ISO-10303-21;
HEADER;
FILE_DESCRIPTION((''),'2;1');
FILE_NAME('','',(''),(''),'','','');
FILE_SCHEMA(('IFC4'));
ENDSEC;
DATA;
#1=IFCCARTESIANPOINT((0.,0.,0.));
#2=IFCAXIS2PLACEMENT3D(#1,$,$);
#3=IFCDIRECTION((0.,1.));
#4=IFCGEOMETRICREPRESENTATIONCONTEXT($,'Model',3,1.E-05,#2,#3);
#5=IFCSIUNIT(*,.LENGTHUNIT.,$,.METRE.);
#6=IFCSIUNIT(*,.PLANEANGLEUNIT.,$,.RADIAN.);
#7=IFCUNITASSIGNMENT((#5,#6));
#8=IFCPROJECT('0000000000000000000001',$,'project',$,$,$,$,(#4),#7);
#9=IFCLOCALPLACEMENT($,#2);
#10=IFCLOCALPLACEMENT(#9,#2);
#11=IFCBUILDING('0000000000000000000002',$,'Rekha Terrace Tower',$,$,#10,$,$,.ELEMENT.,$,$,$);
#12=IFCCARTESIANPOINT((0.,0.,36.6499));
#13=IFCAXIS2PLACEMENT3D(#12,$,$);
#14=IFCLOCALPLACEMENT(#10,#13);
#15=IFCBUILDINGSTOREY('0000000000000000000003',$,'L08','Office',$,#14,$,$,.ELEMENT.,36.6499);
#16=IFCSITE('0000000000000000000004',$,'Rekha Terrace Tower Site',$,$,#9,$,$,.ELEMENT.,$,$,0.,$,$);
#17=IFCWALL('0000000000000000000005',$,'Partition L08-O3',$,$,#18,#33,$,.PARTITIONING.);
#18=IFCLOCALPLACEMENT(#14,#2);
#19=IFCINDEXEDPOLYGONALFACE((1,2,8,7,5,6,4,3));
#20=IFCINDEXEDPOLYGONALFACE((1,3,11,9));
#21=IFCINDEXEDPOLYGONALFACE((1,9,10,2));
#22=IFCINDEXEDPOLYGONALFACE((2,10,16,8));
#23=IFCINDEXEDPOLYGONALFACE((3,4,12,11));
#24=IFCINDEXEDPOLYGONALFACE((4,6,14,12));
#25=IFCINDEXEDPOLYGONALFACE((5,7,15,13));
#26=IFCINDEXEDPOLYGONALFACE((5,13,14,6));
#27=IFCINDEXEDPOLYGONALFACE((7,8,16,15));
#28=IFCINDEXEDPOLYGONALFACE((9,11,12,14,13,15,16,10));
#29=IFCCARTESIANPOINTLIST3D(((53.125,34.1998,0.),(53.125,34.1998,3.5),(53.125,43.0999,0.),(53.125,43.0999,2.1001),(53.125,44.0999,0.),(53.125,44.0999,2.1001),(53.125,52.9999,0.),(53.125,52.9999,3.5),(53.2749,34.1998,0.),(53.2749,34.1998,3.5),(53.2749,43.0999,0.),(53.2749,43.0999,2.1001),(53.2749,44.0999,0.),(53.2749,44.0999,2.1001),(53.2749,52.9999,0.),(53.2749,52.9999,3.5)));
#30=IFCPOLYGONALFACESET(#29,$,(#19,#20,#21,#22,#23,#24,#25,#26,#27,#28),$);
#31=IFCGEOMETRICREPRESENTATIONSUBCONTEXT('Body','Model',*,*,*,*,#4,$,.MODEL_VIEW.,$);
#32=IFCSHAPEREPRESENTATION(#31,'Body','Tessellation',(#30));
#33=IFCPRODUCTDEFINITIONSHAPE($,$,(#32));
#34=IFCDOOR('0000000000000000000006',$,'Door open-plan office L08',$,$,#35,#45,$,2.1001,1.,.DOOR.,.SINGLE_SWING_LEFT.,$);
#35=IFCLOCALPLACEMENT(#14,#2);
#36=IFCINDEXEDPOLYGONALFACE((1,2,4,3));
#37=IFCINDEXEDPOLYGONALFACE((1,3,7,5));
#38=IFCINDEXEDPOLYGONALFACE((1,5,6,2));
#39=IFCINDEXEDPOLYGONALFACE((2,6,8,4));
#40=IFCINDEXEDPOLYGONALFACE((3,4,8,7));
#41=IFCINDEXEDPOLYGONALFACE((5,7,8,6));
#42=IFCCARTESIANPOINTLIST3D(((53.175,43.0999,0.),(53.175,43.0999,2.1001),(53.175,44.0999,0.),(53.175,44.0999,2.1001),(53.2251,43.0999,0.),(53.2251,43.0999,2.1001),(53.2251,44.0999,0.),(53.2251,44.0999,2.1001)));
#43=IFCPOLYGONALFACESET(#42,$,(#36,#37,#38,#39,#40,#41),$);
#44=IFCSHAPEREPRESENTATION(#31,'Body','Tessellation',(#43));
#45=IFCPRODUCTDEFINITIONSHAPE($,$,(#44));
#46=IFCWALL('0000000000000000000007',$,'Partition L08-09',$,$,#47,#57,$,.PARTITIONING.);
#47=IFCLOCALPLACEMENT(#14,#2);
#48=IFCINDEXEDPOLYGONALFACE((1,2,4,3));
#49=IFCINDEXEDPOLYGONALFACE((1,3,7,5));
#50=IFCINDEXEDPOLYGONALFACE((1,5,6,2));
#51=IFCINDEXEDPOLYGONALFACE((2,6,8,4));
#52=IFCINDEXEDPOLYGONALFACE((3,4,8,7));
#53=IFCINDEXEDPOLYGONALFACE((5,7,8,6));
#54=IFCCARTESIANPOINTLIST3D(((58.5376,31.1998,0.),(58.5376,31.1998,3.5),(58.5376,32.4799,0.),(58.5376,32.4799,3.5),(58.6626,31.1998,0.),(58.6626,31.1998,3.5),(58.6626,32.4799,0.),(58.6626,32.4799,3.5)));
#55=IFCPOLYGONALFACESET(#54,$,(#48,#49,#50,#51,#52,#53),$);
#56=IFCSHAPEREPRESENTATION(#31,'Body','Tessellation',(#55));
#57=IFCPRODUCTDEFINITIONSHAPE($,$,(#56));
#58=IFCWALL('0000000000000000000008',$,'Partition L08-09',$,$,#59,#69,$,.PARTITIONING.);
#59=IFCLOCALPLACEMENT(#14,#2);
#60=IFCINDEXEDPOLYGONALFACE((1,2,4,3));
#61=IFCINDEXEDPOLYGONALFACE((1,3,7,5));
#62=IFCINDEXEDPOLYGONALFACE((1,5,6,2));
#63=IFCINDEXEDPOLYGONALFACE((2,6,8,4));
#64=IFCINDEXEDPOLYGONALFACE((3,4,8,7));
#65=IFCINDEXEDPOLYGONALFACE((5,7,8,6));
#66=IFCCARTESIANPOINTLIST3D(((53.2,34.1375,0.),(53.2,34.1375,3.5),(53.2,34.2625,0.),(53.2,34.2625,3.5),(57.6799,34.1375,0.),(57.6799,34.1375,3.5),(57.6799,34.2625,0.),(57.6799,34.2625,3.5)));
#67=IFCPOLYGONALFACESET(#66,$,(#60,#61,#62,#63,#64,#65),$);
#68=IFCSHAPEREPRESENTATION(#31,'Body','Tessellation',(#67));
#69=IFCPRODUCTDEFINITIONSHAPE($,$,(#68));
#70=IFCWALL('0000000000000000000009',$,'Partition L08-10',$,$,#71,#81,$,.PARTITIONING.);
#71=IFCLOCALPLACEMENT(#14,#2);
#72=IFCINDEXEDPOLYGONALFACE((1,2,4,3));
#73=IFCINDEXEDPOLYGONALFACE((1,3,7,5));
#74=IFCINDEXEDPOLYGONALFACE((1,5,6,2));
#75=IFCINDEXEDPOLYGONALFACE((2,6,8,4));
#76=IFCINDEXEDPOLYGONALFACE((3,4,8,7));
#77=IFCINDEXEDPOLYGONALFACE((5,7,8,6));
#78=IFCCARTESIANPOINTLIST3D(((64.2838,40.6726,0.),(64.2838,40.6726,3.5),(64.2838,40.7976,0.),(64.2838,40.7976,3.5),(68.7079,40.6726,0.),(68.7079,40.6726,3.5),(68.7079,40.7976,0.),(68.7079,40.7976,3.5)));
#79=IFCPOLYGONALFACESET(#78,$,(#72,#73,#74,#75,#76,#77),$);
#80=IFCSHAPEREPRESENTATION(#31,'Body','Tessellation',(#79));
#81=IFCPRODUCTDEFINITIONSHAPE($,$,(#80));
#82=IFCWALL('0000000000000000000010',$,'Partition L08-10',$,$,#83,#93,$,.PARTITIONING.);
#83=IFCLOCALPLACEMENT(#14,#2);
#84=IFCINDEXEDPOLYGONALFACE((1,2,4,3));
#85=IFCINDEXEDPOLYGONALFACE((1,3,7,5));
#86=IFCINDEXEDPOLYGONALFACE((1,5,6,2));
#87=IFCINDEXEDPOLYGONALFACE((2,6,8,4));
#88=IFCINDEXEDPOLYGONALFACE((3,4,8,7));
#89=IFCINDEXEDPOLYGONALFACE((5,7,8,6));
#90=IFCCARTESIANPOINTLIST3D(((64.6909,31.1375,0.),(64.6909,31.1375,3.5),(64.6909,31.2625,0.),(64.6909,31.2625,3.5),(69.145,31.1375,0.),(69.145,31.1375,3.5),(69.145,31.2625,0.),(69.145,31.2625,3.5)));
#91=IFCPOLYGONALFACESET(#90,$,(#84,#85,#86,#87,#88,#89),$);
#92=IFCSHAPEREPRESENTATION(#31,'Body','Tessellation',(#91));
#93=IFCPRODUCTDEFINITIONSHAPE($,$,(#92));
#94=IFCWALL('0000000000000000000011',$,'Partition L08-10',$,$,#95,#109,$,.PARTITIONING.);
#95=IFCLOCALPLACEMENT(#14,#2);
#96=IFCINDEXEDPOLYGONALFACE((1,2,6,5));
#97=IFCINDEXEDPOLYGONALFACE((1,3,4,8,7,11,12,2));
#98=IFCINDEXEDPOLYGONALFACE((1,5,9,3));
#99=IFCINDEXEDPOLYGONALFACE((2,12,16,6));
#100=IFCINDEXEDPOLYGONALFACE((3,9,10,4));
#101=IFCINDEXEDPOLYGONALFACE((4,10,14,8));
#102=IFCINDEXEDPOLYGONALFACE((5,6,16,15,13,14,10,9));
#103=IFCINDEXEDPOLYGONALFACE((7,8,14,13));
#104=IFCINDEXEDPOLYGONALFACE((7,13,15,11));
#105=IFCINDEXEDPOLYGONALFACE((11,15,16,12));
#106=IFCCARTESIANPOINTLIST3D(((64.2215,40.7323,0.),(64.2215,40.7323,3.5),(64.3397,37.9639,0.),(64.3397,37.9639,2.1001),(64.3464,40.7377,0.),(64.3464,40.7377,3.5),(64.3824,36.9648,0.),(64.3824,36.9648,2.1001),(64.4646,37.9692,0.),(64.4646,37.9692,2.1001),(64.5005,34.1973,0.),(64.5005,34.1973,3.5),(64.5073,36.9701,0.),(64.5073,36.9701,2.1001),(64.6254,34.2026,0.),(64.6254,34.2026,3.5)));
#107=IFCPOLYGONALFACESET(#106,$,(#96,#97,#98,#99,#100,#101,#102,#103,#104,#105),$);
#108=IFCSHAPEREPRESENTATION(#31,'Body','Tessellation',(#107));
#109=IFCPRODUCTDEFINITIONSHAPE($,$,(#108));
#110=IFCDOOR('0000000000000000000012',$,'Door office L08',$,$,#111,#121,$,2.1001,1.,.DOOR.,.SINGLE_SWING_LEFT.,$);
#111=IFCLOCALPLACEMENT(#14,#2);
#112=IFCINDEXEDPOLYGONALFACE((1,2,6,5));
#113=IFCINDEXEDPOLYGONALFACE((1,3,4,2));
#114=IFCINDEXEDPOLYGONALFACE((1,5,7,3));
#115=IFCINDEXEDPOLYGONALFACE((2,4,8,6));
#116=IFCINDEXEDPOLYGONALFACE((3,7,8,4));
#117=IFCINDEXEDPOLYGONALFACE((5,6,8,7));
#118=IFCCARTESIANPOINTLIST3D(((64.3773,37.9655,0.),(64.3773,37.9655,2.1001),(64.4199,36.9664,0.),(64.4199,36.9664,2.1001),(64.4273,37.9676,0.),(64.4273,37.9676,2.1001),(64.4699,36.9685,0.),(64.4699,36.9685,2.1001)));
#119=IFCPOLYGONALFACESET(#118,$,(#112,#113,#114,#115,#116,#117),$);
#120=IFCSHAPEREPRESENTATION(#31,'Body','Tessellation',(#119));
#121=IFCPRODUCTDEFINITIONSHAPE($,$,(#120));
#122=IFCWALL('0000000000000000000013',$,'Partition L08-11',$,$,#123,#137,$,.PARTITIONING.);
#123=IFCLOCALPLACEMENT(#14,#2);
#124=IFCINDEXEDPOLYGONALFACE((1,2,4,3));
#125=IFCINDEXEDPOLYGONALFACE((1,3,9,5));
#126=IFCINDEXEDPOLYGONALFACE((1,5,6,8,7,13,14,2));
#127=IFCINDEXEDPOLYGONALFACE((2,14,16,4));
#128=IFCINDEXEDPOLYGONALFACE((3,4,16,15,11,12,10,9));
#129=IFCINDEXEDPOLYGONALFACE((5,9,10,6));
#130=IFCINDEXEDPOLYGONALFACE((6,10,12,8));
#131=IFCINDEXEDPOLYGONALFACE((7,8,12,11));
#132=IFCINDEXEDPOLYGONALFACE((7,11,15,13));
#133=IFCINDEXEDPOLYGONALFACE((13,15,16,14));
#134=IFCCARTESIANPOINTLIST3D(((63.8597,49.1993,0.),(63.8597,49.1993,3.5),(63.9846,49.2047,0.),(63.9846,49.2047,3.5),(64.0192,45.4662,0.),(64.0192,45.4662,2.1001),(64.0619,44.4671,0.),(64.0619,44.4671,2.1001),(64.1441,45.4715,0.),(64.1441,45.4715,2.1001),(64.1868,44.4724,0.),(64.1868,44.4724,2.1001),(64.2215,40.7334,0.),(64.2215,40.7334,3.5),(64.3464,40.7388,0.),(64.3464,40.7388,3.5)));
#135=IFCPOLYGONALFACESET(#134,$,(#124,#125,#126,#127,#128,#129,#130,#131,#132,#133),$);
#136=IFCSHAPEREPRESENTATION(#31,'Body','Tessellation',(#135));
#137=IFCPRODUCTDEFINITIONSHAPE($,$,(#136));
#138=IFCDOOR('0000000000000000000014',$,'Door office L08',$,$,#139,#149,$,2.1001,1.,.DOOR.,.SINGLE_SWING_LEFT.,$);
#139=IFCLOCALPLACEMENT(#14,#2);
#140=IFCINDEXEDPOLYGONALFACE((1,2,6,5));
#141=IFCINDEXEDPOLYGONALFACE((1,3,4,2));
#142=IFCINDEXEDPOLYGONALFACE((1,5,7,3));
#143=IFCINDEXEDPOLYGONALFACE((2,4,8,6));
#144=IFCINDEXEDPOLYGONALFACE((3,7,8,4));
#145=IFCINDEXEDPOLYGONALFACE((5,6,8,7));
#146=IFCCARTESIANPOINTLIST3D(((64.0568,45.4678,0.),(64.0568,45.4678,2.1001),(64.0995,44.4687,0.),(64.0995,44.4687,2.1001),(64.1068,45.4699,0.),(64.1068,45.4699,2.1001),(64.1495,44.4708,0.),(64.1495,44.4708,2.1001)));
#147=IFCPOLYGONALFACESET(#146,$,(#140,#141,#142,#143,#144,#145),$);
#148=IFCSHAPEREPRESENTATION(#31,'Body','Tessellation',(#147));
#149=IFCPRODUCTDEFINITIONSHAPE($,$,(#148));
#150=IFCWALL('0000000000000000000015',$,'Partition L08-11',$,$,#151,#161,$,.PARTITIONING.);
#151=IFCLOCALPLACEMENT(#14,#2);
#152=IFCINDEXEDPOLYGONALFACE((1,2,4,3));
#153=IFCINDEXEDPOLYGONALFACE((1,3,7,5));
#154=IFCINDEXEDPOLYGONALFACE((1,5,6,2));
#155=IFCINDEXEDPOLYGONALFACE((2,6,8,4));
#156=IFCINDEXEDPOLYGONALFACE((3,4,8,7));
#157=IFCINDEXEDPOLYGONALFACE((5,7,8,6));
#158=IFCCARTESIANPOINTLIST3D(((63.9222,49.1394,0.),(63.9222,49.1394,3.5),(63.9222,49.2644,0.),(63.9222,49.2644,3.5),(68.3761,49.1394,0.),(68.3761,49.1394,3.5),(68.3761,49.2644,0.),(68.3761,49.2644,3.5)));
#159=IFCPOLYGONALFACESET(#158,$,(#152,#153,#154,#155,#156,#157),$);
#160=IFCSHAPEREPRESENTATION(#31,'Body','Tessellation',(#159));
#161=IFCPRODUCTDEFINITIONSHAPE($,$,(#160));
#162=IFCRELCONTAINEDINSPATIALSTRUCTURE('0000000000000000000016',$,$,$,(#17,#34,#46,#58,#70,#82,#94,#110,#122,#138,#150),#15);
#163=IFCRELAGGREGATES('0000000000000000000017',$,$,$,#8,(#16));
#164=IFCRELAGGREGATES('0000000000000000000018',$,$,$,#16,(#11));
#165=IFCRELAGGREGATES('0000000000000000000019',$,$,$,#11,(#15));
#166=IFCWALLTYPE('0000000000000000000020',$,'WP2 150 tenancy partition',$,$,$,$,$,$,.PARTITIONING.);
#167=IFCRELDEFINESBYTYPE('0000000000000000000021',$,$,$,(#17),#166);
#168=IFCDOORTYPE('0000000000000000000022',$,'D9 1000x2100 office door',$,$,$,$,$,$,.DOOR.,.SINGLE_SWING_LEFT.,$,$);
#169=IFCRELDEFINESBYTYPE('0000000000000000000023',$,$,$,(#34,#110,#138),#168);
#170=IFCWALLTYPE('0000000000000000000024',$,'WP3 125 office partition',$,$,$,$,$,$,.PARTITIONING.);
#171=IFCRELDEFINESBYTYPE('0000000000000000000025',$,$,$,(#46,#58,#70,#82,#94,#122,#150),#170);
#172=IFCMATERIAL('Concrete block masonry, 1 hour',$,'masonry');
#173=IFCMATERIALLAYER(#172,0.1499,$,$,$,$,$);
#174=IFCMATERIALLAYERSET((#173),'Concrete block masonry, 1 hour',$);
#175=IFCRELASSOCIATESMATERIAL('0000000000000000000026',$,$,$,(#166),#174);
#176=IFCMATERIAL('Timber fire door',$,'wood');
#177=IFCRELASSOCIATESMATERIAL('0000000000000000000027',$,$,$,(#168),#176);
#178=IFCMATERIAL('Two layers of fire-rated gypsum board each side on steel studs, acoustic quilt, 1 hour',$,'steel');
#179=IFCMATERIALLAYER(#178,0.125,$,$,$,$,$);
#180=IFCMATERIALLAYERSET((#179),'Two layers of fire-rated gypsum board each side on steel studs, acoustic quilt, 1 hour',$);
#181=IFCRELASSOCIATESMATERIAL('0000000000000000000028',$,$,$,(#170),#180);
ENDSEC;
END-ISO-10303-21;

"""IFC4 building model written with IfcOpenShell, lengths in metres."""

from ifc_helpers import new_model, si_unit, direction, frame, frame_2d, origin, place, context, subcontext, project, spatial, rectangle, extrude, material, layer, layer_set, type_object, element, fill, save


model = new_model("IFC4")

# Units and contexts
model_context = context("Model", 3, precision=1e-05, world=origin(), true_north=direction((0.0, 1.0)))
body_context = subcontext(model_context, "Body", "Model", "MODEL_VIEW")
ifc_project = project(units=[si_unit("LENGTHUNIT", "METRE"), si_unit("PLANEANGLEUNIT", "RADIAN")], contexts=[model_context])

# Site, building, storey
site_placement = place(None, origin())
site = spatial("IfcSite", under=ifc_project, at=site_placement, Name="Rekha Terrace Tower Site", CompositionType="ELEMENT", RefElevation=0.0)
building_placement = place(site_placement, origin())
building = spatial("IfcBuilding", under=site, at=building_placement, Name="Rekha Terrace Tower", CompositionType="ELEMENT")
storey_placement = place(building_placement, frame((0.0, 0.0, 36.6499)))
storey = spatial("IfcBuildingStorey", under=building, at=storey_placement, Name="L08", Description="Office", CompositionType="ELEMENT", Elevation=36.6499)

# Shared definitions
ifc_material_1 = material(Name="Concrete block masonry, 1 hour", Category="masonry")
ifc_layer_1 = layer(ifc_material_1, 0.1499)
ifc_layer_set_1 = layer_set([ifc_layer_1], Name="Concrete block masonry, 1 hour")
wall_type_1 = type_object("IfcWallType", Name="WP2 150 tenancy partition", PredefinedType="PARTITIONING", material=ifc_layer_set_1)

# Wall, opening, door
wall_1_placement = place(storey_placement, frame((53.2, 34.2, 0.0), z_axis=(0.0, 0.0, 1.0), x_axis=(0.0, 1.0, 0.0)))
wall_1 = element("IfcWall", 1, at=wall_1_placement, inside=storey, type_object=wall_type_1, Name="Partition L08-O3", PredefinedType="PARTITIONING", context=body_context, shape_type="SweptSolid", body=[
    extrude(rectangle(XDim=18.8, YDim=0.1499, at=frame_2d((9.3999, 0.0))), origin(), (0.0, 0.0, 1.0), 3.5),
])
opening_1_placement = place(wall_1_placement, frame((8.8999, 0.0, 0.0)))
opening_1 = element("IfcOpeningElement", 2, at=opening_1_placement, cuts=wall_1, PredefinedType="OPENING", context=body_context, shape_type="SweptSolid", body=[
    extrude(rectangle(XDim=1.0, YDim=2.1001, at=frame_2d((0.5, 1.05))), frame((0.0, 0.085, 0.0), z_axis=(0.0, -1.0, 0.0), x_axis=(1.0, 0.0, 0.0)), (0.0, 0.0, 1.0), 0.1699),
])
ifc_material_2 = material(Name="Timber fire door", Category="wood")
door_type = type_object("IfcDoorType", Name="D9 1000x2100 office door", OperationType="SINGLE_SWING_LEFT", PredefinedType="DOOR", material=ifc_material_2)
door_1_placement = place(opening_1_placement, origin())
door_1 = element("IfcDoor", 3, at=door_1_placement, inside=storey, type_object=door_type, Name="Door open-plan office L08", OperationType="SINGLE_SWING_LEFT", OverallHeight=2.1001, OverallWidth=1.0, PredefinedType="DOOR", context=body_context, shape_type="SweptSolid", body=[
    extrude(rectangle(XDim=1.0, YDim=2.1001, at=frame_2d((0.5, 1.05))), frame((0.0, 0.0249, 0.0), z_axis=(0.0, -1.0, 0.0), x_axis=(1.0, 0.0, 0.0)), (0.0, 0.0, 1.0), 0.05),
])
fill(opening_1, door_1)

# Walls
ifc_material_3 = material(Name="Two layers of fire-rated gypsum board each side on steel studs, acoustic quilt, 1 hour", Category="steel")
ifc_layer_2 = layer(ifc_material_3, 0.125)
ifc_layer_set_2 = layer_set([ifc_layer_2], Name="Two layers of fire-rated gypsum board each side on steel studs, acoustic quilt, 1 hour")
wall_type_2 = type_object("IfcWallType", Name="WP3 125 office partition", PredefinedType="PARTITIONING", material=ifc_layer_set_2)
wall_2_placement = place(storey_placement, frame((58.6001, 32.48, 0.0), z_axis=(0.0, 0.0, 1.0), x_axis=(0.0, -1.0, 0.0)))
element("IfcWall", 4, at=wall_2_placement, inside=storey, type_object=wall_type_2, Name="Partition L08-09", PredefinedType="PARTITIONING", context=body_context, shape_type="SweptSolid", body=[
    extrude(rectangle(XDim=1.28, YDim=0.125, at=frame_2d((0.6401, 0.0))), origin(), (0.0, 0.0, 1.0), 3.5),
])
wall_3_placement = place(storey_placement, frame((53.2, 34.2, 0.0), z_axis=(0.0, 0.0, 1.0), x_axis=(1.0, 0.0, 0.0)))
element("IfcWall", 5, at=wall_3_placement, inside=storey, type_object=wall_type_2, Name="Partition L08-09", PredefinedType="PARTITIONING", context=body_context, shape_type="SweptSolid", body=[
    extrude(rectangle(XDim=4.48, YDim=0.125, at=frame_2d((2.24, 0.0))), origin(), (0.0, 0.0, 1.0), 3.5),
])
wall_4_placement = place(storey_placement, frame((64.2839, 40.7351, 0.0), z_axis=(0.0, 0.0, 1.0), x_axis=(1.0, 0.0, 0.0)))
element("IfcWall", 6, at=wall_4_placement, inside=storey, type_object=wall_type_2, Name="Partition L08-10", PredefinedType="PARTITIONING", context=body_context, shape_type="SweptSolid", body=[
    extrude(rectangle(XDim=4.4241, YDim=0.125, at=frame_2d((2.2119, 0.0))), origin(), (0.0, 0.0, 1.0), 3.5),
])
wall_5_placement = place(storey_placement, frame((69.145, 31.2, 0.0), z_axis=(0.0, 0.0, 1.0), x_axis=(-1.0, 0.0, 0.0)))
element("IfcWall", 7, at=wall_5_placement, inside=storey, type_object=wall_type_2, Name="Partition L08-10", PredefinedType="PARTITIONING", context=body_context, shape_type="SweptSolid", body=[
    extrude(rectangle(XDim=4.4541, YDim=0.125, at=frame_2d((2.2271, 0.0))), origin(), (0.0, 0.0, 1.0), 3.5),
])

# Walls, openings, doors
wall_6_placement = place(storey_placement, frame((64.563, 34.2, 0.0), z_axis=(0.0, 0.0, 1.0), x_axis=(-0.042661, 0.99909, 0.0)))
wall_6 = element("IfcWall", 8, at=wall_6_placement, inside=storey, type_object=wall_type_2, Name="Partition L08-10", PredefinedType="PARTITIONING", context=body_context, shape_type="SweptSolid", body=[
    extrude(rectangle(XDim=6.541, YDim=0.125, at=frame_2d((3.2705, 0.0))), origin(), (0.0, 0.0, 1.0), 3.5),
])
opening_2_placement = place(wall_6_placement, frame((2.77, 0.0, 0.0)))
opening_2 = element("IfcOpeningElement", 9, at=opening_2_placement, cuts=wall_6, PredefinedType="OPENING", context=body_context, shape_type="SweptSolid", body=[
    extrude(rectangle(XDim=1.0, YDim=2.1001, at=frame_2d((0.5, 1.05))), frame((0.0, 0.0725, 0.0), z_axis=(0.0, -1.0, 0.0), x_axis=(1.0, 0.0, 0.0)), (0.0, 0.0, 1.0), 0.145),
])
door_2_placement = place(opening_2_placement, origin())
door_2 = element("IfcDoor", 10, at=door_2_placement, inside=storey, type_object=door_type, Name="Door office L08", OperationType="SINGLE_SWING_LEFT", OverallHeight=2.1001, OverallWidth=1.0, PredefinedType="DOOR", context=body_context, shape_type="SweptSolid", body=[
    extrude(rectangle(XDim=1.0, YDim=2.1001, at=frame_2d((0.5, 1.05))), frame((0.0, 0.0249, 0.0), z_axis=(0.0, -1.0, 0.0), x_axis=(1.0, 0.0, 0.0)), (0.0, 0.0, 1.0), 0.05),
])
fill(opening_2, door_2)
wall_7_placement = place(storey_placement, frame((64.2839, 40.7361, 0.0), z_axis=(0.0, 0.0, 1.0), x_axis=(-0.0427, 0.999088, 0.0)))
wall_7 = element("IfcWall", 11, at=wall_7_placement, inside=storey, type_object=wall_type_2, Name="Partition L08-11", PredefinedType="PARTITIONING", context=body_context, shape_type="SweptSolid", body=[
    extrude(rectangle(XDim=8.4736, YDim=0.125, at=frame_2d((4.2368, 0.0))), origin(), (0.0, 0.0, 1.0), 3.5),
])
opening_3_placement = place(wall_7_placement, frame((3.7371, 0.0, 0.0)))
opening_3 = element("IfcOpeningElement", 12, at=opening_3_placement, cuts=wall_7, PredefinedType="OPENING", context=body_context, shape_type="SweptSolid", body=[
    extrude(rectangle(XDim=1.0, YDim=2.1001, at=frame_2d((0.5, 1.05))), frame((0.0, 0.0725, 0.0), z_axis=(0.0, -1.0, 0.0), x_axis=(1.0, 0.0, 0.0)), (0.0, 0.0, 1.0), 0.145),
])
door_3_placement = place(opening_3_placement, origin())
door_3 = element("IfcDoor", 13, at=door_3_placement, inside=storey, type_object=door_type, Name="Door office L08", OperationType="SINGLE_SWING_LEFT", OverallHeight=2.1001, OverallWidth=1.0, PredefinedType="DOOR", context=body_context, shape_type="SweptSolid", body=[
    extrude(rectangle(XDim=1.0, YDim=2.1001, at=frame_2d((0.5, 1.05))), frame((0.0, 0.0249, 0.0), z_axis=(0.0, -1.0, 0.0), x_axis=(1.0, 0.0, 0.0)), (0.0, 0.0, 1.0), 0.05),
])
fill(opening_3, door_3)

# Wall
wall_8_placement = place(storey_placement, frame((63.9221, 49.2019, 0.0), z_axis=(0.0, 0.0, 1.0), x_axis=(1.0, 0.0, 0.0)))
element("IfcWall", 14, at=wall_8_placement, inside=storey, type_object=wall_type_2, Name="Partition L08-11", PredefinedType="PARTITIONING", context=body_context, shape_type="SweptSolid", body=[
    extrude(rectangle(XDim=4.4539, YDim=0.125, at=frame_2d((2.2271, 0.0))), origin(), (0.0, 0.0, 1.0), 3.5),
])

save(model, "model.ifc")
